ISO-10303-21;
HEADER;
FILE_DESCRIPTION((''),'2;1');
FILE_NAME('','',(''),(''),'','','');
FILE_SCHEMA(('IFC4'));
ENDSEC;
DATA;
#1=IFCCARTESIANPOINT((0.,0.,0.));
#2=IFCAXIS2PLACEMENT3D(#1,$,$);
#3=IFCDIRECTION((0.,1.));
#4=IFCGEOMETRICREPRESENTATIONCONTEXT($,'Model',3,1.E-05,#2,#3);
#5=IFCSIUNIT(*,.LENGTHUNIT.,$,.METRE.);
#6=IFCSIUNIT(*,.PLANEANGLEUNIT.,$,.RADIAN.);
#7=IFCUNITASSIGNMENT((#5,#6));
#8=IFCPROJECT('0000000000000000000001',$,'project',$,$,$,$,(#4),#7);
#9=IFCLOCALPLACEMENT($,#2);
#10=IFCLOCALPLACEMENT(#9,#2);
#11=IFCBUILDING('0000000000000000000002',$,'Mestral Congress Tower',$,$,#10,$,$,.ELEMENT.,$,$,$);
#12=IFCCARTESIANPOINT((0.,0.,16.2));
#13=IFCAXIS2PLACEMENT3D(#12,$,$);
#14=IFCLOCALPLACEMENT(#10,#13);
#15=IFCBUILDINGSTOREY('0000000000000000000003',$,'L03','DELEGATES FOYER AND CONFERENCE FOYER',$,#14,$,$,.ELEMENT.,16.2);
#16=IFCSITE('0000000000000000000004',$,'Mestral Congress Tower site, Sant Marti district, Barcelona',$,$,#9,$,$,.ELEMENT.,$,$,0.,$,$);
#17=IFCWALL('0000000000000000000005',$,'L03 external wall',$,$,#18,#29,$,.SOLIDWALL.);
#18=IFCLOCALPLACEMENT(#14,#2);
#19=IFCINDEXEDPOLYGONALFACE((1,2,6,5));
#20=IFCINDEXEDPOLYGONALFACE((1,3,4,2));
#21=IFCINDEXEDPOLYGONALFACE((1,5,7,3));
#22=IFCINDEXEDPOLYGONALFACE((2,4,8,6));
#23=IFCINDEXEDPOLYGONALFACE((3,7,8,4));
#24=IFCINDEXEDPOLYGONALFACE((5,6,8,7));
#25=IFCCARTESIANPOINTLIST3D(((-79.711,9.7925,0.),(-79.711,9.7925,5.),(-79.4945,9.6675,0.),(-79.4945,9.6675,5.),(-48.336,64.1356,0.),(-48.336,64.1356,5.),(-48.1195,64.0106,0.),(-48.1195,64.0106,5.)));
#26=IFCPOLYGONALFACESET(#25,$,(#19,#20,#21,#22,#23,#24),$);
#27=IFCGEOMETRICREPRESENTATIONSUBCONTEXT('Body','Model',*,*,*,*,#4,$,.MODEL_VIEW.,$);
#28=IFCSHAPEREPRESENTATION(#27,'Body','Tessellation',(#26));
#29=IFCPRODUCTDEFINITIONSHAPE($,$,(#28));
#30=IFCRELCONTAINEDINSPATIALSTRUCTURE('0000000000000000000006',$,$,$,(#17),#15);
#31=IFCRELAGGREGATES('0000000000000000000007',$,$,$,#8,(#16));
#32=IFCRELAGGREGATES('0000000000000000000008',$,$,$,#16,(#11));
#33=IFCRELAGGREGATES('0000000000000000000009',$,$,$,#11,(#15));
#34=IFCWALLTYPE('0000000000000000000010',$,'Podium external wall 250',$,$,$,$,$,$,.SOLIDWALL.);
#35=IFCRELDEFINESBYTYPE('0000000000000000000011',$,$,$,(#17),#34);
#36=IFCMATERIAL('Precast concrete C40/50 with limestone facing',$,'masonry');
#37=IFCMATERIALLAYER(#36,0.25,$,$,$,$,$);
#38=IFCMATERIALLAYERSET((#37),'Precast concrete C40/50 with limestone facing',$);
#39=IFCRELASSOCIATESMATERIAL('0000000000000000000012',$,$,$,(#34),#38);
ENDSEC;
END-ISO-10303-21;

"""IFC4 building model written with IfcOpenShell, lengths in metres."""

from ifc_helpers import new_model, si_unit, direction, frame, frame_2d, origin, place, context, subcontext, project, spatial, rectangle, extrude, material, layer, layer_set, type_object, element, save


model = new_model("IFC4")

# Units and contexts
model_context = context("Model", 3, precision=1e-05, world=origin(), true_north=direction((0.0, 1.0)))
body_context = subcontext(model_context, "Body", "Model", "MODEL_VIEW")
ifc_project = project(units=[si_unit("LENGTHUNIT", "METRE"), si_unit("PLANEANGLEUNIT", "RADIAN")], contexts=[model_context])

# Site, building, storey
site_placement = place(None, origin())
site = spatial("IfcSite", under=ifc_project, at=site_placement, Name="Mestral Congress Tower site, Sant Marti district, Barcelona", CompositionType="ELEMENT", RefElevation=0.0)
building_placement = place(site_placement, origin())
building = spatial("IfcBuilding", under=site, at=building_placement, Name="Mestral Congress Tower", CompositionType="ELEMENT")
storey_placement = place(building_placement, frame((0.0, 0.0, 16.2)))
storey = spatial("IfcBuildingStorey", under=building, at=storey_placement, Name="L03", Description="DELEGATES FOYER AND CONFERENCE FOYER", CompositionType="ELEMENT", Elevation=16.2)

# Wall
ifc_material_1 = material(Name="Precast concrete C40/50 with limestone facing", Category="masonry")
ifc_layer = layer(ifc_material_1, 0.25)
ifc_layer_set = layer_set([ifc_layer], Name="Precast concrete C40/50 with limestone facing")
wall_type = type_object("IfcWallType", Name="Podium external wall 250", PredefinedType="SOLIDWALL", material=ifc_layer_set)
wall_placement = place(storey_placement, frame((-79.6028, 9.73, 0.0), z_axis=(0.0, 0.0, 1.0), x_axis=(0.500001, 0.866025, 0.0)))
element("IfcWall", 1, at=wall_placement, inside=storey, type_object=wall_type, Name="L03 external wall", PredefinedType="SOLIDWALL", context=body_context, shape_type="SweptSolid", body=[
    extrude(rectangle(XDim=62.75, YDim=0.25, at=frame_2d((31.375, 0.0))), origin(), (0.0, 0.0, 1.0), 5.0),
])

save(model, "model.ifc")
